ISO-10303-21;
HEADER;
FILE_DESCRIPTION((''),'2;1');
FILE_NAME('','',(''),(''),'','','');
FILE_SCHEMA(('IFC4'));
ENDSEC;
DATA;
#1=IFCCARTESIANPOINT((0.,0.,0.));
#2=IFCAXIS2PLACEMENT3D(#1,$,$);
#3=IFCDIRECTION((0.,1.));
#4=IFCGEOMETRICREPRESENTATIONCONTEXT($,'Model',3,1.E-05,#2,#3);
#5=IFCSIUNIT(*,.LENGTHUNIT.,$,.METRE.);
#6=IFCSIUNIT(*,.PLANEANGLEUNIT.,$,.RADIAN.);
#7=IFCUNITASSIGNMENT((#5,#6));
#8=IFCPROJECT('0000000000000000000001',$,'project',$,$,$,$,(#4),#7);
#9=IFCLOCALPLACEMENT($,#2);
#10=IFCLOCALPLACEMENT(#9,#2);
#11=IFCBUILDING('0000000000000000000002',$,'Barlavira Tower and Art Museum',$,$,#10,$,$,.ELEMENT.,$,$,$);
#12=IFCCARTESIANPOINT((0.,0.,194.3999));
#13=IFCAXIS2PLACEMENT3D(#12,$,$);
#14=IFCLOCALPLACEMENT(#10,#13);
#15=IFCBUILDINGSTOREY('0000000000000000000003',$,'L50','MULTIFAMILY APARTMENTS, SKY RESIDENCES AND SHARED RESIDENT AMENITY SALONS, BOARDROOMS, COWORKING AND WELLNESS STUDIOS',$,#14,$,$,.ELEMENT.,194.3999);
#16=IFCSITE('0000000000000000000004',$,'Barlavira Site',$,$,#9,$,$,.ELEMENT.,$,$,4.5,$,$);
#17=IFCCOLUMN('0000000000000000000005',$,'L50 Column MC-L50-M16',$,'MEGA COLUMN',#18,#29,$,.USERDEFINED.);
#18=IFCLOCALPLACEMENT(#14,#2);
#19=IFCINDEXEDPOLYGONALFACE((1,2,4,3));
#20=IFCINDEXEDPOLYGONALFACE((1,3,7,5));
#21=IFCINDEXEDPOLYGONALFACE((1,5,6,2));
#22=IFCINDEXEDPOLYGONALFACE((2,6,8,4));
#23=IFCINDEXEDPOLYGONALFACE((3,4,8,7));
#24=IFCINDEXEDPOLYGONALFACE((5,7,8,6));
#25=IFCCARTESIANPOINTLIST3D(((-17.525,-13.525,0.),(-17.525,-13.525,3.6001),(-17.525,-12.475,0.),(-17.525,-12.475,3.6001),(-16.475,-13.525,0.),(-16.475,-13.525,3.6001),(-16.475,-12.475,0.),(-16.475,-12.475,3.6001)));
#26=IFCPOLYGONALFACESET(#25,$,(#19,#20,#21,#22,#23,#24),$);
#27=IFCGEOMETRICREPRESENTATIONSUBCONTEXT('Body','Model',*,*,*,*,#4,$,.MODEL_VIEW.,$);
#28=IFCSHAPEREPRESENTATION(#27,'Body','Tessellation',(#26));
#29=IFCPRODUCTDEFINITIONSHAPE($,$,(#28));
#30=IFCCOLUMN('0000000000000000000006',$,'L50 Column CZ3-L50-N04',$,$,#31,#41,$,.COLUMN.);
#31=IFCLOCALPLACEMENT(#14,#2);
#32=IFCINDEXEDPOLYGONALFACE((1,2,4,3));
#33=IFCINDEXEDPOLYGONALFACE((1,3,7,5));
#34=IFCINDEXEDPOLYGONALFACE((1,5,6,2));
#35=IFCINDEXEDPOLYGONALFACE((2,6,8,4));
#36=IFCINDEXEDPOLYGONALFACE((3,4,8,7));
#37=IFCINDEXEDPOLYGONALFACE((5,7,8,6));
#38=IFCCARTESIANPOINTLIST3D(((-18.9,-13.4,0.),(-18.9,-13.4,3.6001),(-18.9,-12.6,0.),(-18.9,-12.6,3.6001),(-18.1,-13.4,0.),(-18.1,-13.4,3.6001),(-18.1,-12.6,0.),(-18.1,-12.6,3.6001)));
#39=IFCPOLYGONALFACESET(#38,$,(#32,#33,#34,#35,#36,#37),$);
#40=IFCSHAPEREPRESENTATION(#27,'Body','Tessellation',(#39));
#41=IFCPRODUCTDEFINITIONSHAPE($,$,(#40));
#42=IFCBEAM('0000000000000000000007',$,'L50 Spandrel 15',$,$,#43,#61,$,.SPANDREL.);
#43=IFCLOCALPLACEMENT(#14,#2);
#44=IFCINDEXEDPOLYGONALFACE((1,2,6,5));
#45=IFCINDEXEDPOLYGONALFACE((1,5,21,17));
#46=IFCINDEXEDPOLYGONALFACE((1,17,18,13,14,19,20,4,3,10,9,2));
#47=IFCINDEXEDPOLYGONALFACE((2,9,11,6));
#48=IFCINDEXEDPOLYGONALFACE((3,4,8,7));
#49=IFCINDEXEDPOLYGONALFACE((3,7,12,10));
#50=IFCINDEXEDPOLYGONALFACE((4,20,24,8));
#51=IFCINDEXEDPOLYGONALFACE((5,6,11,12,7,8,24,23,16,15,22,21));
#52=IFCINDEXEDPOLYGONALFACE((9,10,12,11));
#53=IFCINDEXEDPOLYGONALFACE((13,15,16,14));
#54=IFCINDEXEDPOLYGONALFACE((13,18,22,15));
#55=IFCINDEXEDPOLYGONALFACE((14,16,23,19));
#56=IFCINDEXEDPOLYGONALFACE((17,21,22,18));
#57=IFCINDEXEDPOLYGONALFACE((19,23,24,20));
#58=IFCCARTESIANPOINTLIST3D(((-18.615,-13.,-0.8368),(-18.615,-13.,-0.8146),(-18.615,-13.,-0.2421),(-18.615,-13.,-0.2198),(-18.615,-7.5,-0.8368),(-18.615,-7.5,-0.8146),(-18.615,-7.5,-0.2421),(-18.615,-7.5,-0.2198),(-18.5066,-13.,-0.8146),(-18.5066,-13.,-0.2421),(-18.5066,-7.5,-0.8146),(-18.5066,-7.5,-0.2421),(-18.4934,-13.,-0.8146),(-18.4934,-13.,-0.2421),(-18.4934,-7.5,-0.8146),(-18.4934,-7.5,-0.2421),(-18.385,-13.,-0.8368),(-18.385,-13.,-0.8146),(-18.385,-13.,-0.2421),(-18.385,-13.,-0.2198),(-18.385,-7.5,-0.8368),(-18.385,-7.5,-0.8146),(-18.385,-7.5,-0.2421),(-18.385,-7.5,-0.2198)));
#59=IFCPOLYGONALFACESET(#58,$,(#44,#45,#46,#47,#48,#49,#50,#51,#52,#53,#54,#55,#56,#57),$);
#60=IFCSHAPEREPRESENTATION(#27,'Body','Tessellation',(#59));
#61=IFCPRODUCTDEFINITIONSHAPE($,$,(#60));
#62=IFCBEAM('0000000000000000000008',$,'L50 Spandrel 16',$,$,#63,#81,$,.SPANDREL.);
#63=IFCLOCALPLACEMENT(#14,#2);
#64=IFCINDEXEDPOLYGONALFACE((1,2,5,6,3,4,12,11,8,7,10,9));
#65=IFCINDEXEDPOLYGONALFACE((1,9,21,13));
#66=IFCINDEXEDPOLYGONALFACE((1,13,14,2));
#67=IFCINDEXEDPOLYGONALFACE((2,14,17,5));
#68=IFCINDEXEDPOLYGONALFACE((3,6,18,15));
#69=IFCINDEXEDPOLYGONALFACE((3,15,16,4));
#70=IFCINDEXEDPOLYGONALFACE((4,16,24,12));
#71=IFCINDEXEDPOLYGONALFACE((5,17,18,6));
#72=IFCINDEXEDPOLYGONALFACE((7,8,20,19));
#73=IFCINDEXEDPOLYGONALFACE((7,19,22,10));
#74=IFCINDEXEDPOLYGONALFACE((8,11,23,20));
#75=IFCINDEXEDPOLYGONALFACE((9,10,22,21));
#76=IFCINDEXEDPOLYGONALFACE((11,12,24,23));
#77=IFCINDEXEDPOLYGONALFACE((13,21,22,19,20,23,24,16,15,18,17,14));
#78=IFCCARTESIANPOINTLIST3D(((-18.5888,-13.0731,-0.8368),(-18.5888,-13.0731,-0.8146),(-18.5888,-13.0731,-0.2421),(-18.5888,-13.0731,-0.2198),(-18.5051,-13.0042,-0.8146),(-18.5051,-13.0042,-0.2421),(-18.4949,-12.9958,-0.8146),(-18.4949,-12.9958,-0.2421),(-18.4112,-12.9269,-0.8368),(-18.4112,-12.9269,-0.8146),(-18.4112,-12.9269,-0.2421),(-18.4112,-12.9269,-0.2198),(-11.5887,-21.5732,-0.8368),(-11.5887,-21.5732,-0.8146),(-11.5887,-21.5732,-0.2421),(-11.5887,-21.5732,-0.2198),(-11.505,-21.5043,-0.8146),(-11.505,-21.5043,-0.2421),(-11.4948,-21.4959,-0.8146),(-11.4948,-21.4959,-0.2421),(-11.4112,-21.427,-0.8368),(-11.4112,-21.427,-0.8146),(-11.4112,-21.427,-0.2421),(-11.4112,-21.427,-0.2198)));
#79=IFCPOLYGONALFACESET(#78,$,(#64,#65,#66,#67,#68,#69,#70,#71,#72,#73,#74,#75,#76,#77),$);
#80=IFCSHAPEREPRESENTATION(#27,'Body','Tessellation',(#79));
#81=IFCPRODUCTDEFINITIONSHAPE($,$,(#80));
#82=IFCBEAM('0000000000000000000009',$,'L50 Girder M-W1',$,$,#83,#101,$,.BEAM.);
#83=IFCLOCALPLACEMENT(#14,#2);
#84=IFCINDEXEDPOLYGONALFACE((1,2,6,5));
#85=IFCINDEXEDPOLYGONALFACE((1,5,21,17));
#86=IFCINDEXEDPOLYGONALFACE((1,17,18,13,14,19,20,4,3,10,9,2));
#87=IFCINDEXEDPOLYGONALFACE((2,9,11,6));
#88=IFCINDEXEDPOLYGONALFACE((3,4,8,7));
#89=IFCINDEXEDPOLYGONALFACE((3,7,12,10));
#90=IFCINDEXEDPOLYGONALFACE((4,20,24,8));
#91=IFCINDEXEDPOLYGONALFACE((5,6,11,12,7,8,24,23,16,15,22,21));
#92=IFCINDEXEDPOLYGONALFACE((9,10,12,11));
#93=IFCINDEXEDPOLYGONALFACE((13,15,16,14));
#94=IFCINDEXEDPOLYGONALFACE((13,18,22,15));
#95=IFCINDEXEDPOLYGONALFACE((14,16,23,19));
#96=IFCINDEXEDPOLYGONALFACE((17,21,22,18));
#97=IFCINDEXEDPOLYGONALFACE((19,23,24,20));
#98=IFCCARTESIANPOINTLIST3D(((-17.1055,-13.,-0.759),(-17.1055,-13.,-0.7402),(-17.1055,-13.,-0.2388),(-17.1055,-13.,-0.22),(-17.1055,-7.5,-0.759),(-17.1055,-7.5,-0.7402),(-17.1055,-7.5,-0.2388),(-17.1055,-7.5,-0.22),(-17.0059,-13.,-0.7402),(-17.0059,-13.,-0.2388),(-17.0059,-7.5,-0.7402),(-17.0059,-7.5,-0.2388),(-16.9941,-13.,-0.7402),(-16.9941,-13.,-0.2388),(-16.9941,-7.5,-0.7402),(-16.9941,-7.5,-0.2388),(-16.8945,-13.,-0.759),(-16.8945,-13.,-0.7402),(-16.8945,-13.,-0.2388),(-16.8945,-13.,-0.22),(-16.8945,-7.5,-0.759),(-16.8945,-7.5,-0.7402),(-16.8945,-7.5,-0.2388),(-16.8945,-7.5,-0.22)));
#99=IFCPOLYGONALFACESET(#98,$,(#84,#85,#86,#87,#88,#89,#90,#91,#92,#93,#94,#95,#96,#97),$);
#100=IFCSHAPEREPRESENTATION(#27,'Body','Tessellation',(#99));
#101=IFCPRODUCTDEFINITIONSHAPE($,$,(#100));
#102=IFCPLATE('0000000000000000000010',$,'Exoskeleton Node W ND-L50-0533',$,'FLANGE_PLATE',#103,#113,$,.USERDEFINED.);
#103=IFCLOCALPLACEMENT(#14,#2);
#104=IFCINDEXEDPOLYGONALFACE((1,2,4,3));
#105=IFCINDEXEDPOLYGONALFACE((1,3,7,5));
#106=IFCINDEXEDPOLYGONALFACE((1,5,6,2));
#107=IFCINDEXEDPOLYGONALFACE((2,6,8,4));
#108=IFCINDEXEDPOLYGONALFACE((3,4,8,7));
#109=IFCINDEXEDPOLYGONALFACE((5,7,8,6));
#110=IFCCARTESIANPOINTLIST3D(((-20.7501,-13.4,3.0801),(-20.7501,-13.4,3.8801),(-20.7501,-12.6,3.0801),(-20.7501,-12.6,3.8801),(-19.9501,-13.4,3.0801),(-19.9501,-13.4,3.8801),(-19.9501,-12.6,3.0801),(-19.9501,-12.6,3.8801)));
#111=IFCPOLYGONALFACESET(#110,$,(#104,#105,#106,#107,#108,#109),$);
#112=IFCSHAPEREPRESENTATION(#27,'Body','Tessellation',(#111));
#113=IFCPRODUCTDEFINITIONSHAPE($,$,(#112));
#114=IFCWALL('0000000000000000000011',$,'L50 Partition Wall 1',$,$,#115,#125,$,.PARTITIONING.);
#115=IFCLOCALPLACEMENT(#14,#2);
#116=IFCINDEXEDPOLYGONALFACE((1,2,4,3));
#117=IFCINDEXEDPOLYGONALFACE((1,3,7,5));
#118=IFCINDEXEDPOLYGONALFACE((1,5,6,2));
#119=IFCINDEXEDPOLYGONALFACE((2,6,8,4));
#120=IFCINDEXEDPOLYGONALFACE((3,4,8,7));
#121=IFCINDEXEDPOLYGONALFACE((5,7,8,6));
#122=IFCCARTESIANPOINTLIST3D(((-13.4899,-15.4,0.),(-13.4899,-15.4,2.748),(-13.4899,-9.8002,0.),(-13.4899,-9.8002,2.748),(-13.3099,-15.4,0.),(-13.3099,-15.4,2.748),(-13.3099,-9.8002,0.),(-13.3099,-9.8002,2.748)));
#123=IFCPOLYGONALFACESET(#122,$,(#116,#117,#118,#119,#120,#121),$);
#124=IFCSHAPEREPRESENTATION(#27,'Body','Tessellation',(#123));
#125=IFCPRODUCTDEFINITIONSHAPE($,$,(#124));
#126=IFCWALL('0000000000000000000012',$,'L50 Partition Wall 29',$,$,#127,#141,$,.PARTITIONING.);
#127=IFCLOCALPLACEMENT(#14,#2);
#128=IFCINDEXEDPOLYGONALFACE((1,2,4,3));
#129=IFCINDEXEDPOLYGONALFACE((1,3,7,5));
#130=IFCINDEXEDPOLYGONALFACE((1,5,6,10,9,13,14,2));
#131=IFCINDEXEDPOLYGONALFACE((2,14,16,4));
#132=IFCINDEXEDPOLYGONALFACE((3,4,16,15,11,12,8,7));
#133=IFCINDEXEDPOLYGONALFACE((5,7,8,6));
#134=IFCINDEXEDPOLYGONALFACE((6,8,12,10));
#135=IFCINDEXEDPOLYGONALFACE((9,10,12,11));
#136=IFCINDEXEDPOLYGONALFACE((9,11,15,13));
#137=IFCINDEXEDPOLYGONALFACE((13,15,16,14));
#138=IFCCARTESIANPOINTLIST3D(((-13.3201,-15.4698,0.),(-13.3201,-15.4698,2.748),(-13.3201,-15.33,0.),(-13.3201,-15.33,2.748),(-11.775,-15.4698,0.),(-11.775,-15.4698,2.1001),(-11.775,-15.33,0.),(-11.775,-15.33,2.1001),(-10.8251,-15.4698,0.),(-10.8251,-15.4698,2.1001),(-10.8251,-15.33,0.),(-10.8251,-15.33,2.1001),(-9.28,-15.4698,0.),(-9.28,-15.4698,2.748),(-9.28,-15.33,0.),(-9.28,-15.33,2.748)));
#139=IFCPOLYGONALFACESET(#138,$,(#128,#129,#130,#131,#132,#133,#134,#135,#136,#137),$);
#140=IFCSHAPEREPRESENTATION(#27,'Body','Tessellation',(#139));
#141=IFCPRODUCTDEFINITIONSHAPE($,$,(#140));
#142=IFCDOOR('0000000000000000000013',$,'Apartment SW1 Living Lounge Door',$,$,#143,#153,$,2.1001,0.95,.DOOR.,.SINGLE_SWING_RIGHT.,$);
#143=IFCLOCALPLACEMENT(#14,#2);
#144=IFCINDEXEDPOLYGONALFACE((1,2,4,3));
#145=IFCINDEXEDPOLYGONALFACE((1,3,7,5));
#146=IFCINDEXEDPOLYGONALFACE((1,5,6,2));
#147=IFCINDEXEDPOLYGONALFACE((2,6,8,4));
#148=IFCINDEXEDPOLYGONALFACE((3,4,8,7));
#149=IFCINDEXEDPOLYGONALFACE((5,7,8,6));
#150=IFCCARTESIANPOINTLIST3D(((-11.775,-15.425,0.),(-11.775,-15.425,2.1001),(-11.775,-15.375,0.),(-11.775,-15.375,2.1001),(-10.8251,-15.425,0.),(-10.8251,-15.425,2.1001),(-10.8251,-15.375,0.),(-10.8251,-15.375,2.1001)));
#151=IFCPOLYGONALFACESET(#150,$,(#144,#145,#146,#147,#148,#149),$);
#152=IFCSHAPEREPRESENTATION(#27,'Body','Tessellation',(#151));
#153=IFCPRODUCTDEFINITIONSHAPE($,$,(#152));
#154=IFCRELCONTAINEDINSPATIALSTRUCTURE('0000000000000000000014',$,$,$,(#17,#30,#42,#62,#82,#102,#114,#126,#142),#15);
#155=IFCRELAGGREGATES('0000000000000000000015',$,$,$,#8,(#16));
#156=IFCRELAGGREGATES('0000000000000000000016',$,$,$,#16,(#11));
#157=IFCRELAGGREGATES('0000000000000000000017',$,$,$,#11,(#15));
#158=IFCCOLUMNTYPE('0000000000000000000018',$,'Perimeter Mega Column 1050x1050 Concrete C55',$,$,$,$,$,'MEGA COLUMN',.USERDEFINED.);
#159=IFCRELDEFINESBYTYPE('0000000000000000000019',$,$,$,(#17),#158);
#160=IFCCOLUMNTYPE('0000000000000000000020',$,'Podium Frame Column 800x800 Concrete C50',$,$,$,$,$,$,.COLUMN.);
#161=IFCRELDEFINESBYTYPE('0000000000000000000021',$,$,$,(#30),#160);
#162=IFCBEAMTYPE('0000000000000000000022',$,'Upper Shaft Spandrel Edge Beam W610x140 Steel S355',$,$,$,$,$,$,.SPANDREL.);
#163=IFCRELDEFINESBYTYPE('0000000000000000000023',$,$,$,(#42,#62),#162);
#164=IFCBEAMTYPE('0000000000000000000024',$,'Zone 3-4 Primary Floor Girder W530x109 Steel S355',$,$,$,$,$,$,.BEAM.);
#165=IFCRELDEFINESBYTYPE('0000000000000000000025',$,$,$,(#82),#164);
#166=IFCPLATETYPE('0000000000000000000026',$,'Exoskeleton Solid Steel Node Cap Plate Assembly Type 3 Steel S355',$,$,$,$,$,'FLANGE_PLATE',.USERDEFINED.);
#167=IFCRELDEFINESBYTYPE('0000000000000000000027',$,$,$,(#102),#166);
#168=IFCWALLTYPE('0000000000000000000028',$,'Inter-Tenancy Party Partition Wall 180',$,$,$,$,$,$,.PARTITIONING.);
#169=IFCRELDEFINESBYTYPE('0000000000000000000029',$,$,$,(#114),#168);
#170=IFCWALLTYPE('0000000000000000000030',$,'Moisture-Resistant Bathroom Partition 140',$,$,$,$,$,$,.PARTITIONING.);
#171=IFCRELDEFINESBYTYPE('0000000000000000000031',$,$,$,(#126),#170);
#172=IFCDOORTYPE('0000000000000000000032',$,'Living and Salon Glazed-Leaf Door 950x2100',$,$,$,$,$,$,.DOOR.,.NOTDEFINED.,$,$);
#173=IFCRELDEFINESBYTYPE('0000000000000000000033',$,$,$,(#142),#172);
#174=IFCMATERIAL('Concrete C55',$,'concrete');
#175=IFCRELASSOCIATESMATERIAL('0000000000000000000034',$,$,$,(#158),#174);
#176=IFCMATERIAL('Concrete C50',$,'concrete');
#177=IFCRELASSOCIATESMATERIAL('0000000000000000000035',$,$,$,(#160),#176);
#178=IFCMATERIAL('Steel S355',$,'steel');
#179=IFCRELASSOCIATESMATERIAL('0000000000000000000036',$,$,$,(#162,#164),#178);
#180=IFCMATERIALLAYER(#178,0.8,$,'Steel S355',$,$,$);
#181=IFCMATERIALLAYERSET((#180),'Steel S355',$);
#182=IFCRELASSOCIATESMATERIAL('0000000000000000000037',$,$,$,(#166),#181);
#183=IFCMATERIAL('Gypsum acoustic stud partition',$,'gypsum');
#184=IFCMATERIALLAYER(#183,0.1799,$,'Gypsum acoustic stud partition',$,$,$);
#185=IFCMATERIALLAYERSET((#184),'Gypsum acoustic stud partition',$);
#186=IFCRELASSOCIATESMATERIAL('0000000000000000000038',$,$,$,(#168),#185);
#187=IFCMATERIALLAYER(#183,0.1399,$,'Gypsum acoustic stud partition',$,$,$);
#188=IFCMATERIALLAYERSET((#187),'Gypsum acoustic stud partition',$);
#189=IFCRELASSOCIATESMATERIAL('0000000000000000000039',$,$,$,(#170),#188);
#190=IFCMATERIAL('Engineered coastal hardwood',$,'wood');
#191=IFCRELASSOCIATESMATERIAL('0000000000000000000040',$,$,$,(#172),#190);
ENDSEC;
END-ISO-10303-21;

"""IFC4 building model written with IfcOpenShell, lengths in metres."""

from ifc_helpers import new_model, si_unit, direction, frame, frame_2d, origin, origin_2d, place, context, subcontext, project, spatial, rectangle, i_section, extrude, material, layer, layer_set, material_profile, profile_set, type_object, element, fill, save


model = new_model("IFC4")

# Units and contexts
model_context = context("Model", 3, precision=1e-05, world=origin(), true_north=direction((0.0, 1.0)))
body_context = subcontext(model_context, "Body", "Model", "MODEL_VIEW")
ifc_project = project(units=[si_unit("LENGTHUNIT", "METRE"), si_unit("PLANEANGLEUNIT", "RADIAN")], contexts=[model_context])

# Site, building, storey
site_placement = place(None, origin())
site = spatial("IfcSite", under=ifc_project, at=site_placement, Name="Barlavira Site", CompositionType="ELEMENT", RefElevation=4.5)
building_placement = place(site_placement, origin())
building = spatial("IfcBuilding", under=site, at=building_placement, Name="Barlavira Tower and Art Museum", CompositionType="ELEMENT")
storey_placement = place(building_placement, frame((0.0, 0.0, 194.3999)))
storey = spatial("IfcBuildingStorey", under=building, at=storey_placement, Name="L50", Description="MULTIFAMILY APARTMENTS, SKY RESIDENCES AND SHARED RESIDENT AMENITY SALONS, BOARDROOMS, COWORKING AND WELLNESS STUDIOS", CompositionType="ELEMENT", Elevation=194.3999)

# Columns
ifc_material_1 = material(Name="Concrete C55", Category="concrete")
ifc_material_profile_1 = material_profile(ifc_material_1, rectangle(XDim=1.05, YDim=1.05, at=origin_2d()), Name="RC-COL 1050x1050")
ifc_profile_set_1 = profile_set([ifc_material_profile_1], Name="Concrete C55")
column_type_1 = type_object("IfcColumnType", Name="Perimeter Mega Column 1050x1050 Concrete C55", ElementType="MEGA COLUMN", PredefinedType="USERDEFINED", material=ifc_profile_set_1)
column_1_placement = place(storey_placement, frame((-17.0, -13.0, 0.0), z_axis=(0.0, 0.0, 1.0), x_axis=(1.0, 0.0, 0.0)))
element("IfcColumn", 1, at=column_1_placement, inside=storey, type_object=column_type_1, Name="L50 Column MC-L50-M16", ObjectType="MEGA COLUMN", PredefinedType="USERDEFINED", context=body_context, shape_type="SweptSolid", body=[
    extrude(rectangle(XDim=1.05, YDim=1.05, at=origin_2d()), origin(), (0.0, 0.0, 1.0), 3.6001),
])
ifc_material_2 = material(Name="Concrete C50", Category="concrete")
ifc_material_profile_2 = material_profile(ifc_material_2, rectangle(XDim=0.8, YDim=0.8, at=origin_2d()), Name="RC-COL 800x800")
ifc_profile_set_2 = profile_set([ifc_material_profile_2], Name="Concrete C50")
column_type_2 = type_object("IfcColumnType", Name="Podium Frame Column 800x800 Concrete C50", PredefinedType="COLUMN", material=ifc_profile_set_2)
column_2_placement = place(storey_placement, frame((-18.5, -13.0, 0.0), z_axis=(0.0, 0.0, 1.0), x_axis=(1.0, 0.0, 0.0)))
element("IfcColumn", 2, at=column_2_placement, inside=storey, type_object=column_type_2, Name="L50 Column CZ3-L50-N04", PredefinedType="COLUMN", context=body_context, shape_type="SweptSolid", body=[
    extrude(rectangle(XDim=0.8, YDim=0.8, at=origin_2d()), origin(), (0.0, 0.0, 1.0), 3.6001),
])

# Beams
ifc_material_3 = material(Name="Steel S355", Category="steel")
ifc_material_profile_3 = material_profile(ifc_material_3, i_section(OverallWidth=0.23, OverallDepth=0.6169, WebThickness=0.0132, FlangeThickness=0.0222, at=origin_2d()), Name="W610x140.0")
ifc_profile_set_3 = profile_set([ifc_material_profile_3], Name="Steel S355")
beam_type_1 = type_object("IfcBeamType", Name="Upper Shaft Spandrel Edge Beam W610x140 Steel S355", PredefinedType="SPANDREL", material=ifc_profile_set_3)
beam_1_placement = place(storey_placement, frame((-18.5, -13.0, -0.5283), z_axis=(0.0, 1.0, 0.0), x_axis=(-1.0, 0.0, 0.0)))
element("IfcBeam", 3, at=beam_1_placement, inside=storey, type_object=beam_type_1, Name="L50 Spandrel 15", PredefinedType="SPANDREL", context=body_context, shape_type="SweptSolid", body=[
    extrude(i_section(OverallWidth=0.23, OverallDepth=0.6169, WebThickness=0.0132, FlangeThickness=0.0222, at=origin_2d()), origin(), (0.0, 0.0, 1.0), 5.5),
])
beam_2_placement = place(storey_placement, frame((-18.5, -13.0, -0.5283), z_axis=(0.635707, -0.77193, 0.0), x_axis=(0.77193, 0.635707, 0.0)))
element("IfcBeam", 4, at=beam_2_placement, inside=storey, type_object=beam_type_1, Name="L50 Spandrel 16", PredefinedType="SPANDREL", context=body_context, shape_type="SweptSolid", body=[
    extrude(i_section(OverallWidth=0.23, OverallDepth=0.6169, WebThickness=0.0132, FlangeThickness=0.0222, at=origin_2d()), origin(), (0.0, 0.0, 1.0), 11.0115),
])
ifc_material_profile_4 = material_profile(ifc_material_3, i_section(OverallWidth=0.2109, OverallDepth=0.5391, WebThickness=0.0117, FlangeThickness=0.0188, at=origin_2d()), Name="W530x109.0")
ifc_profile_set_4 = profile_set([ifc_material_profile_4], Name="Steel S355")
beam_type_2 = type_object("IfcBeamType", Name="Zone 3-4 Primary Floor Girder W530x109 Steel S355", PredefinedType="BEAM", material=ifc_profile_set_4)
beam_3_placement = place(storey_placement, frame((-17.0, -13.0, -0.4895), z_axis=(0.0, 1.0, 0.0), x_axis=(-1.0, 0.0, 0.0)))
element("IfcBeam", 5, at=beam_3_placement, inside=storey, type_object=beam_type_2, Name="L50 Girder M-W1", PredefinedType="BEAM", context=body_context, shape_type="SweptSolid", body=[
    extrude(i_section(OverallWidth=0.2109, OverallDepth=0.5391, WebThickness=0.0117, FlangeThickness=0.0188, at=origin_2d()), origin(), (0.0, 0.0, 1.0), 5.5),
])

# Plate
ifc_layer_1 = layer(ifc_material_3, 0.8, Name="Steel S355")
ifc_layer_set_1 = layer_set([ifc_layer_1], Name="Steel S355")
plate_type = type_object("IfcPlateType", Name="Exoskeleton Solid Steel Node Cap Plate Assembly Type 3 Steel S355", ElementType="FLANGE_PLATE", PredefinedType="USERDEFINED", material=ifc_layer_set_1)
plate_placement = place(storey_placement, frame((-20.3501, -13.0, 3.0801), z_axis=(0.0, 0.0, 1.0), x_axis=(1.0, 0.0, 0.0)))
element("IfcPlate", 6, at=plate_placement, inside=storey, type_object=plate_type, Name="Exoskeleton Node W ND-L50-0533", ObjectType="FLANGE_PLATE", PredefinedType="USERDEFINED", context=body_context, shape_type="SweptSolid", body=[
    extrude(rectangle(XDim=0.8, YDim=0.8, at=origin_2d()), origin(), (0.0, 0.0, 1.0), 0.8),
])

# Wall
ifc_material_4 = material(Name="Gypsum acoustic stud partition", Category="gypsum")
ifc_layer_2 = layer(ifc_material_4, 0.1799, Name="Gypsum acoustic stud partition")
ifc_layer_set_2 = layer_set([ifc_layer_2], Name="Gypsum acoustic stud partition")
wall_type_1 = type_object("IfcWallType", Name="Inter-Tenancy Party Partition Wall 180", PredefinedType="PARTITIONING", material=ifc_layer_set_2)
wall_1_placement = place(storey_placement, frame((-13.3999, -15.3999, 0.0), z_axis=(0.0, 0.0, 1.0), x_axis=(0.0, 1.0, 0.0)))
element("IfcWall", 7, at=wall_1_placement, inside=storey, type_object=wall_type_1, Name="L50 Partition Wall 1", PredefinedType="PARTITIONING", context=body_context, shape_type="SweptSolid", body=[
    extrude(rectangle(XDim=5.5999, YDim=0.1799, at=frame_2d((2.7998, 0.0))), origin(), (0.0, 0.0, 1.0), 2.748),
])

# Wall, opening, door
ifc_layer_3 = layer(ifc_material_4, 0.1399, Name="Gypsum acoustic stud partition")
ifc_layer_set_3 = layer_set([ifc_layer_3], Name="Gypsum acoustic stud partition")
wall_type_2 = type_object("IfcWallType", Name="Moisture-Resistant Bathroom Partition 140", PredefinedType="PARTITIONING", material=ifc_layer_set_3)
wall_2_placement = place(storey_placement, frame((-13.3201, -15.3999, 0.0), z_axis=(0.0, 0.0, 1.0), x_axis=(1.0, 0.0, 0.0)))
wall_2 = element("IfcWall", 8, at=wall_2_placement, inside=storey, type_object=wall_type_2, Name="L50 Partition Wall 29", PredefinedType="PARTITIONING", context=body_context, shape_type="SweptSolid", body=[
    extrude(rectangle(XDim=4.04, YDim=0.1399, at=frame_2d((2.02, 0.0))), origin(), (0.0, 0.0, 1.0), 2.748),
])
opening_1_placement = place(wall_2_placement, frame((1.5449, 0.0, 0.0)))
opening_1 = element("IfcOpeningElement", 9, at=opening_1_placement, cuts=wall_2, PredefinedType="OPENING", context=body_context, shape_type="SweptSolid", body=[
    extrude(rectangle(XDim=0.95, YDim=2.1001, at=frame_2d((0.4751, 1.05))), frame((0.0, 0.0801, 0.0), z_axis=(0.0, -1.0, 0.0), x_axis=(1.0, 0.0, 0.0)), (0.0, 0.0, 1.0), 0.1599),
])
ifc_material_5 = material(Name="Engineered coastal hardwood", Category="wood")
door_type = type_object("IfcDoorType", Name="Living and Salon Glazed-Leaf Door 950x2100", OperationType="NOTDEFINED", PredefinedType="DOOR", material=ifc_material_5)
door_placement = place(opening_1_placement, origin())
door = element("IfcDoor", 10, at=door_placement, inside=storey, type_object=door_type, Name="Apartment SW1 Living Lounge Door", OperationType="SINGLE_SWING_RIGHT", OverallHeight=2.1001, OverallWidth=0.95, PredefinedType="DOOR", context=body_context, shape_type="SweptSolid", body=[
    extrude(rectangle(XDim=0.95, YDim=2.1001, at=frame_2d((0.4751, 1.05))), frame((0.0, 0.0249, 0.0), z_axis=(0.0, -1.0, 0.0), x_axis=(1.0, 0.0, 0.0)), (0.0, 0.0, 1.0), 0.05),
])
fill(opening_1, door)

save(model, "model.ifc")
